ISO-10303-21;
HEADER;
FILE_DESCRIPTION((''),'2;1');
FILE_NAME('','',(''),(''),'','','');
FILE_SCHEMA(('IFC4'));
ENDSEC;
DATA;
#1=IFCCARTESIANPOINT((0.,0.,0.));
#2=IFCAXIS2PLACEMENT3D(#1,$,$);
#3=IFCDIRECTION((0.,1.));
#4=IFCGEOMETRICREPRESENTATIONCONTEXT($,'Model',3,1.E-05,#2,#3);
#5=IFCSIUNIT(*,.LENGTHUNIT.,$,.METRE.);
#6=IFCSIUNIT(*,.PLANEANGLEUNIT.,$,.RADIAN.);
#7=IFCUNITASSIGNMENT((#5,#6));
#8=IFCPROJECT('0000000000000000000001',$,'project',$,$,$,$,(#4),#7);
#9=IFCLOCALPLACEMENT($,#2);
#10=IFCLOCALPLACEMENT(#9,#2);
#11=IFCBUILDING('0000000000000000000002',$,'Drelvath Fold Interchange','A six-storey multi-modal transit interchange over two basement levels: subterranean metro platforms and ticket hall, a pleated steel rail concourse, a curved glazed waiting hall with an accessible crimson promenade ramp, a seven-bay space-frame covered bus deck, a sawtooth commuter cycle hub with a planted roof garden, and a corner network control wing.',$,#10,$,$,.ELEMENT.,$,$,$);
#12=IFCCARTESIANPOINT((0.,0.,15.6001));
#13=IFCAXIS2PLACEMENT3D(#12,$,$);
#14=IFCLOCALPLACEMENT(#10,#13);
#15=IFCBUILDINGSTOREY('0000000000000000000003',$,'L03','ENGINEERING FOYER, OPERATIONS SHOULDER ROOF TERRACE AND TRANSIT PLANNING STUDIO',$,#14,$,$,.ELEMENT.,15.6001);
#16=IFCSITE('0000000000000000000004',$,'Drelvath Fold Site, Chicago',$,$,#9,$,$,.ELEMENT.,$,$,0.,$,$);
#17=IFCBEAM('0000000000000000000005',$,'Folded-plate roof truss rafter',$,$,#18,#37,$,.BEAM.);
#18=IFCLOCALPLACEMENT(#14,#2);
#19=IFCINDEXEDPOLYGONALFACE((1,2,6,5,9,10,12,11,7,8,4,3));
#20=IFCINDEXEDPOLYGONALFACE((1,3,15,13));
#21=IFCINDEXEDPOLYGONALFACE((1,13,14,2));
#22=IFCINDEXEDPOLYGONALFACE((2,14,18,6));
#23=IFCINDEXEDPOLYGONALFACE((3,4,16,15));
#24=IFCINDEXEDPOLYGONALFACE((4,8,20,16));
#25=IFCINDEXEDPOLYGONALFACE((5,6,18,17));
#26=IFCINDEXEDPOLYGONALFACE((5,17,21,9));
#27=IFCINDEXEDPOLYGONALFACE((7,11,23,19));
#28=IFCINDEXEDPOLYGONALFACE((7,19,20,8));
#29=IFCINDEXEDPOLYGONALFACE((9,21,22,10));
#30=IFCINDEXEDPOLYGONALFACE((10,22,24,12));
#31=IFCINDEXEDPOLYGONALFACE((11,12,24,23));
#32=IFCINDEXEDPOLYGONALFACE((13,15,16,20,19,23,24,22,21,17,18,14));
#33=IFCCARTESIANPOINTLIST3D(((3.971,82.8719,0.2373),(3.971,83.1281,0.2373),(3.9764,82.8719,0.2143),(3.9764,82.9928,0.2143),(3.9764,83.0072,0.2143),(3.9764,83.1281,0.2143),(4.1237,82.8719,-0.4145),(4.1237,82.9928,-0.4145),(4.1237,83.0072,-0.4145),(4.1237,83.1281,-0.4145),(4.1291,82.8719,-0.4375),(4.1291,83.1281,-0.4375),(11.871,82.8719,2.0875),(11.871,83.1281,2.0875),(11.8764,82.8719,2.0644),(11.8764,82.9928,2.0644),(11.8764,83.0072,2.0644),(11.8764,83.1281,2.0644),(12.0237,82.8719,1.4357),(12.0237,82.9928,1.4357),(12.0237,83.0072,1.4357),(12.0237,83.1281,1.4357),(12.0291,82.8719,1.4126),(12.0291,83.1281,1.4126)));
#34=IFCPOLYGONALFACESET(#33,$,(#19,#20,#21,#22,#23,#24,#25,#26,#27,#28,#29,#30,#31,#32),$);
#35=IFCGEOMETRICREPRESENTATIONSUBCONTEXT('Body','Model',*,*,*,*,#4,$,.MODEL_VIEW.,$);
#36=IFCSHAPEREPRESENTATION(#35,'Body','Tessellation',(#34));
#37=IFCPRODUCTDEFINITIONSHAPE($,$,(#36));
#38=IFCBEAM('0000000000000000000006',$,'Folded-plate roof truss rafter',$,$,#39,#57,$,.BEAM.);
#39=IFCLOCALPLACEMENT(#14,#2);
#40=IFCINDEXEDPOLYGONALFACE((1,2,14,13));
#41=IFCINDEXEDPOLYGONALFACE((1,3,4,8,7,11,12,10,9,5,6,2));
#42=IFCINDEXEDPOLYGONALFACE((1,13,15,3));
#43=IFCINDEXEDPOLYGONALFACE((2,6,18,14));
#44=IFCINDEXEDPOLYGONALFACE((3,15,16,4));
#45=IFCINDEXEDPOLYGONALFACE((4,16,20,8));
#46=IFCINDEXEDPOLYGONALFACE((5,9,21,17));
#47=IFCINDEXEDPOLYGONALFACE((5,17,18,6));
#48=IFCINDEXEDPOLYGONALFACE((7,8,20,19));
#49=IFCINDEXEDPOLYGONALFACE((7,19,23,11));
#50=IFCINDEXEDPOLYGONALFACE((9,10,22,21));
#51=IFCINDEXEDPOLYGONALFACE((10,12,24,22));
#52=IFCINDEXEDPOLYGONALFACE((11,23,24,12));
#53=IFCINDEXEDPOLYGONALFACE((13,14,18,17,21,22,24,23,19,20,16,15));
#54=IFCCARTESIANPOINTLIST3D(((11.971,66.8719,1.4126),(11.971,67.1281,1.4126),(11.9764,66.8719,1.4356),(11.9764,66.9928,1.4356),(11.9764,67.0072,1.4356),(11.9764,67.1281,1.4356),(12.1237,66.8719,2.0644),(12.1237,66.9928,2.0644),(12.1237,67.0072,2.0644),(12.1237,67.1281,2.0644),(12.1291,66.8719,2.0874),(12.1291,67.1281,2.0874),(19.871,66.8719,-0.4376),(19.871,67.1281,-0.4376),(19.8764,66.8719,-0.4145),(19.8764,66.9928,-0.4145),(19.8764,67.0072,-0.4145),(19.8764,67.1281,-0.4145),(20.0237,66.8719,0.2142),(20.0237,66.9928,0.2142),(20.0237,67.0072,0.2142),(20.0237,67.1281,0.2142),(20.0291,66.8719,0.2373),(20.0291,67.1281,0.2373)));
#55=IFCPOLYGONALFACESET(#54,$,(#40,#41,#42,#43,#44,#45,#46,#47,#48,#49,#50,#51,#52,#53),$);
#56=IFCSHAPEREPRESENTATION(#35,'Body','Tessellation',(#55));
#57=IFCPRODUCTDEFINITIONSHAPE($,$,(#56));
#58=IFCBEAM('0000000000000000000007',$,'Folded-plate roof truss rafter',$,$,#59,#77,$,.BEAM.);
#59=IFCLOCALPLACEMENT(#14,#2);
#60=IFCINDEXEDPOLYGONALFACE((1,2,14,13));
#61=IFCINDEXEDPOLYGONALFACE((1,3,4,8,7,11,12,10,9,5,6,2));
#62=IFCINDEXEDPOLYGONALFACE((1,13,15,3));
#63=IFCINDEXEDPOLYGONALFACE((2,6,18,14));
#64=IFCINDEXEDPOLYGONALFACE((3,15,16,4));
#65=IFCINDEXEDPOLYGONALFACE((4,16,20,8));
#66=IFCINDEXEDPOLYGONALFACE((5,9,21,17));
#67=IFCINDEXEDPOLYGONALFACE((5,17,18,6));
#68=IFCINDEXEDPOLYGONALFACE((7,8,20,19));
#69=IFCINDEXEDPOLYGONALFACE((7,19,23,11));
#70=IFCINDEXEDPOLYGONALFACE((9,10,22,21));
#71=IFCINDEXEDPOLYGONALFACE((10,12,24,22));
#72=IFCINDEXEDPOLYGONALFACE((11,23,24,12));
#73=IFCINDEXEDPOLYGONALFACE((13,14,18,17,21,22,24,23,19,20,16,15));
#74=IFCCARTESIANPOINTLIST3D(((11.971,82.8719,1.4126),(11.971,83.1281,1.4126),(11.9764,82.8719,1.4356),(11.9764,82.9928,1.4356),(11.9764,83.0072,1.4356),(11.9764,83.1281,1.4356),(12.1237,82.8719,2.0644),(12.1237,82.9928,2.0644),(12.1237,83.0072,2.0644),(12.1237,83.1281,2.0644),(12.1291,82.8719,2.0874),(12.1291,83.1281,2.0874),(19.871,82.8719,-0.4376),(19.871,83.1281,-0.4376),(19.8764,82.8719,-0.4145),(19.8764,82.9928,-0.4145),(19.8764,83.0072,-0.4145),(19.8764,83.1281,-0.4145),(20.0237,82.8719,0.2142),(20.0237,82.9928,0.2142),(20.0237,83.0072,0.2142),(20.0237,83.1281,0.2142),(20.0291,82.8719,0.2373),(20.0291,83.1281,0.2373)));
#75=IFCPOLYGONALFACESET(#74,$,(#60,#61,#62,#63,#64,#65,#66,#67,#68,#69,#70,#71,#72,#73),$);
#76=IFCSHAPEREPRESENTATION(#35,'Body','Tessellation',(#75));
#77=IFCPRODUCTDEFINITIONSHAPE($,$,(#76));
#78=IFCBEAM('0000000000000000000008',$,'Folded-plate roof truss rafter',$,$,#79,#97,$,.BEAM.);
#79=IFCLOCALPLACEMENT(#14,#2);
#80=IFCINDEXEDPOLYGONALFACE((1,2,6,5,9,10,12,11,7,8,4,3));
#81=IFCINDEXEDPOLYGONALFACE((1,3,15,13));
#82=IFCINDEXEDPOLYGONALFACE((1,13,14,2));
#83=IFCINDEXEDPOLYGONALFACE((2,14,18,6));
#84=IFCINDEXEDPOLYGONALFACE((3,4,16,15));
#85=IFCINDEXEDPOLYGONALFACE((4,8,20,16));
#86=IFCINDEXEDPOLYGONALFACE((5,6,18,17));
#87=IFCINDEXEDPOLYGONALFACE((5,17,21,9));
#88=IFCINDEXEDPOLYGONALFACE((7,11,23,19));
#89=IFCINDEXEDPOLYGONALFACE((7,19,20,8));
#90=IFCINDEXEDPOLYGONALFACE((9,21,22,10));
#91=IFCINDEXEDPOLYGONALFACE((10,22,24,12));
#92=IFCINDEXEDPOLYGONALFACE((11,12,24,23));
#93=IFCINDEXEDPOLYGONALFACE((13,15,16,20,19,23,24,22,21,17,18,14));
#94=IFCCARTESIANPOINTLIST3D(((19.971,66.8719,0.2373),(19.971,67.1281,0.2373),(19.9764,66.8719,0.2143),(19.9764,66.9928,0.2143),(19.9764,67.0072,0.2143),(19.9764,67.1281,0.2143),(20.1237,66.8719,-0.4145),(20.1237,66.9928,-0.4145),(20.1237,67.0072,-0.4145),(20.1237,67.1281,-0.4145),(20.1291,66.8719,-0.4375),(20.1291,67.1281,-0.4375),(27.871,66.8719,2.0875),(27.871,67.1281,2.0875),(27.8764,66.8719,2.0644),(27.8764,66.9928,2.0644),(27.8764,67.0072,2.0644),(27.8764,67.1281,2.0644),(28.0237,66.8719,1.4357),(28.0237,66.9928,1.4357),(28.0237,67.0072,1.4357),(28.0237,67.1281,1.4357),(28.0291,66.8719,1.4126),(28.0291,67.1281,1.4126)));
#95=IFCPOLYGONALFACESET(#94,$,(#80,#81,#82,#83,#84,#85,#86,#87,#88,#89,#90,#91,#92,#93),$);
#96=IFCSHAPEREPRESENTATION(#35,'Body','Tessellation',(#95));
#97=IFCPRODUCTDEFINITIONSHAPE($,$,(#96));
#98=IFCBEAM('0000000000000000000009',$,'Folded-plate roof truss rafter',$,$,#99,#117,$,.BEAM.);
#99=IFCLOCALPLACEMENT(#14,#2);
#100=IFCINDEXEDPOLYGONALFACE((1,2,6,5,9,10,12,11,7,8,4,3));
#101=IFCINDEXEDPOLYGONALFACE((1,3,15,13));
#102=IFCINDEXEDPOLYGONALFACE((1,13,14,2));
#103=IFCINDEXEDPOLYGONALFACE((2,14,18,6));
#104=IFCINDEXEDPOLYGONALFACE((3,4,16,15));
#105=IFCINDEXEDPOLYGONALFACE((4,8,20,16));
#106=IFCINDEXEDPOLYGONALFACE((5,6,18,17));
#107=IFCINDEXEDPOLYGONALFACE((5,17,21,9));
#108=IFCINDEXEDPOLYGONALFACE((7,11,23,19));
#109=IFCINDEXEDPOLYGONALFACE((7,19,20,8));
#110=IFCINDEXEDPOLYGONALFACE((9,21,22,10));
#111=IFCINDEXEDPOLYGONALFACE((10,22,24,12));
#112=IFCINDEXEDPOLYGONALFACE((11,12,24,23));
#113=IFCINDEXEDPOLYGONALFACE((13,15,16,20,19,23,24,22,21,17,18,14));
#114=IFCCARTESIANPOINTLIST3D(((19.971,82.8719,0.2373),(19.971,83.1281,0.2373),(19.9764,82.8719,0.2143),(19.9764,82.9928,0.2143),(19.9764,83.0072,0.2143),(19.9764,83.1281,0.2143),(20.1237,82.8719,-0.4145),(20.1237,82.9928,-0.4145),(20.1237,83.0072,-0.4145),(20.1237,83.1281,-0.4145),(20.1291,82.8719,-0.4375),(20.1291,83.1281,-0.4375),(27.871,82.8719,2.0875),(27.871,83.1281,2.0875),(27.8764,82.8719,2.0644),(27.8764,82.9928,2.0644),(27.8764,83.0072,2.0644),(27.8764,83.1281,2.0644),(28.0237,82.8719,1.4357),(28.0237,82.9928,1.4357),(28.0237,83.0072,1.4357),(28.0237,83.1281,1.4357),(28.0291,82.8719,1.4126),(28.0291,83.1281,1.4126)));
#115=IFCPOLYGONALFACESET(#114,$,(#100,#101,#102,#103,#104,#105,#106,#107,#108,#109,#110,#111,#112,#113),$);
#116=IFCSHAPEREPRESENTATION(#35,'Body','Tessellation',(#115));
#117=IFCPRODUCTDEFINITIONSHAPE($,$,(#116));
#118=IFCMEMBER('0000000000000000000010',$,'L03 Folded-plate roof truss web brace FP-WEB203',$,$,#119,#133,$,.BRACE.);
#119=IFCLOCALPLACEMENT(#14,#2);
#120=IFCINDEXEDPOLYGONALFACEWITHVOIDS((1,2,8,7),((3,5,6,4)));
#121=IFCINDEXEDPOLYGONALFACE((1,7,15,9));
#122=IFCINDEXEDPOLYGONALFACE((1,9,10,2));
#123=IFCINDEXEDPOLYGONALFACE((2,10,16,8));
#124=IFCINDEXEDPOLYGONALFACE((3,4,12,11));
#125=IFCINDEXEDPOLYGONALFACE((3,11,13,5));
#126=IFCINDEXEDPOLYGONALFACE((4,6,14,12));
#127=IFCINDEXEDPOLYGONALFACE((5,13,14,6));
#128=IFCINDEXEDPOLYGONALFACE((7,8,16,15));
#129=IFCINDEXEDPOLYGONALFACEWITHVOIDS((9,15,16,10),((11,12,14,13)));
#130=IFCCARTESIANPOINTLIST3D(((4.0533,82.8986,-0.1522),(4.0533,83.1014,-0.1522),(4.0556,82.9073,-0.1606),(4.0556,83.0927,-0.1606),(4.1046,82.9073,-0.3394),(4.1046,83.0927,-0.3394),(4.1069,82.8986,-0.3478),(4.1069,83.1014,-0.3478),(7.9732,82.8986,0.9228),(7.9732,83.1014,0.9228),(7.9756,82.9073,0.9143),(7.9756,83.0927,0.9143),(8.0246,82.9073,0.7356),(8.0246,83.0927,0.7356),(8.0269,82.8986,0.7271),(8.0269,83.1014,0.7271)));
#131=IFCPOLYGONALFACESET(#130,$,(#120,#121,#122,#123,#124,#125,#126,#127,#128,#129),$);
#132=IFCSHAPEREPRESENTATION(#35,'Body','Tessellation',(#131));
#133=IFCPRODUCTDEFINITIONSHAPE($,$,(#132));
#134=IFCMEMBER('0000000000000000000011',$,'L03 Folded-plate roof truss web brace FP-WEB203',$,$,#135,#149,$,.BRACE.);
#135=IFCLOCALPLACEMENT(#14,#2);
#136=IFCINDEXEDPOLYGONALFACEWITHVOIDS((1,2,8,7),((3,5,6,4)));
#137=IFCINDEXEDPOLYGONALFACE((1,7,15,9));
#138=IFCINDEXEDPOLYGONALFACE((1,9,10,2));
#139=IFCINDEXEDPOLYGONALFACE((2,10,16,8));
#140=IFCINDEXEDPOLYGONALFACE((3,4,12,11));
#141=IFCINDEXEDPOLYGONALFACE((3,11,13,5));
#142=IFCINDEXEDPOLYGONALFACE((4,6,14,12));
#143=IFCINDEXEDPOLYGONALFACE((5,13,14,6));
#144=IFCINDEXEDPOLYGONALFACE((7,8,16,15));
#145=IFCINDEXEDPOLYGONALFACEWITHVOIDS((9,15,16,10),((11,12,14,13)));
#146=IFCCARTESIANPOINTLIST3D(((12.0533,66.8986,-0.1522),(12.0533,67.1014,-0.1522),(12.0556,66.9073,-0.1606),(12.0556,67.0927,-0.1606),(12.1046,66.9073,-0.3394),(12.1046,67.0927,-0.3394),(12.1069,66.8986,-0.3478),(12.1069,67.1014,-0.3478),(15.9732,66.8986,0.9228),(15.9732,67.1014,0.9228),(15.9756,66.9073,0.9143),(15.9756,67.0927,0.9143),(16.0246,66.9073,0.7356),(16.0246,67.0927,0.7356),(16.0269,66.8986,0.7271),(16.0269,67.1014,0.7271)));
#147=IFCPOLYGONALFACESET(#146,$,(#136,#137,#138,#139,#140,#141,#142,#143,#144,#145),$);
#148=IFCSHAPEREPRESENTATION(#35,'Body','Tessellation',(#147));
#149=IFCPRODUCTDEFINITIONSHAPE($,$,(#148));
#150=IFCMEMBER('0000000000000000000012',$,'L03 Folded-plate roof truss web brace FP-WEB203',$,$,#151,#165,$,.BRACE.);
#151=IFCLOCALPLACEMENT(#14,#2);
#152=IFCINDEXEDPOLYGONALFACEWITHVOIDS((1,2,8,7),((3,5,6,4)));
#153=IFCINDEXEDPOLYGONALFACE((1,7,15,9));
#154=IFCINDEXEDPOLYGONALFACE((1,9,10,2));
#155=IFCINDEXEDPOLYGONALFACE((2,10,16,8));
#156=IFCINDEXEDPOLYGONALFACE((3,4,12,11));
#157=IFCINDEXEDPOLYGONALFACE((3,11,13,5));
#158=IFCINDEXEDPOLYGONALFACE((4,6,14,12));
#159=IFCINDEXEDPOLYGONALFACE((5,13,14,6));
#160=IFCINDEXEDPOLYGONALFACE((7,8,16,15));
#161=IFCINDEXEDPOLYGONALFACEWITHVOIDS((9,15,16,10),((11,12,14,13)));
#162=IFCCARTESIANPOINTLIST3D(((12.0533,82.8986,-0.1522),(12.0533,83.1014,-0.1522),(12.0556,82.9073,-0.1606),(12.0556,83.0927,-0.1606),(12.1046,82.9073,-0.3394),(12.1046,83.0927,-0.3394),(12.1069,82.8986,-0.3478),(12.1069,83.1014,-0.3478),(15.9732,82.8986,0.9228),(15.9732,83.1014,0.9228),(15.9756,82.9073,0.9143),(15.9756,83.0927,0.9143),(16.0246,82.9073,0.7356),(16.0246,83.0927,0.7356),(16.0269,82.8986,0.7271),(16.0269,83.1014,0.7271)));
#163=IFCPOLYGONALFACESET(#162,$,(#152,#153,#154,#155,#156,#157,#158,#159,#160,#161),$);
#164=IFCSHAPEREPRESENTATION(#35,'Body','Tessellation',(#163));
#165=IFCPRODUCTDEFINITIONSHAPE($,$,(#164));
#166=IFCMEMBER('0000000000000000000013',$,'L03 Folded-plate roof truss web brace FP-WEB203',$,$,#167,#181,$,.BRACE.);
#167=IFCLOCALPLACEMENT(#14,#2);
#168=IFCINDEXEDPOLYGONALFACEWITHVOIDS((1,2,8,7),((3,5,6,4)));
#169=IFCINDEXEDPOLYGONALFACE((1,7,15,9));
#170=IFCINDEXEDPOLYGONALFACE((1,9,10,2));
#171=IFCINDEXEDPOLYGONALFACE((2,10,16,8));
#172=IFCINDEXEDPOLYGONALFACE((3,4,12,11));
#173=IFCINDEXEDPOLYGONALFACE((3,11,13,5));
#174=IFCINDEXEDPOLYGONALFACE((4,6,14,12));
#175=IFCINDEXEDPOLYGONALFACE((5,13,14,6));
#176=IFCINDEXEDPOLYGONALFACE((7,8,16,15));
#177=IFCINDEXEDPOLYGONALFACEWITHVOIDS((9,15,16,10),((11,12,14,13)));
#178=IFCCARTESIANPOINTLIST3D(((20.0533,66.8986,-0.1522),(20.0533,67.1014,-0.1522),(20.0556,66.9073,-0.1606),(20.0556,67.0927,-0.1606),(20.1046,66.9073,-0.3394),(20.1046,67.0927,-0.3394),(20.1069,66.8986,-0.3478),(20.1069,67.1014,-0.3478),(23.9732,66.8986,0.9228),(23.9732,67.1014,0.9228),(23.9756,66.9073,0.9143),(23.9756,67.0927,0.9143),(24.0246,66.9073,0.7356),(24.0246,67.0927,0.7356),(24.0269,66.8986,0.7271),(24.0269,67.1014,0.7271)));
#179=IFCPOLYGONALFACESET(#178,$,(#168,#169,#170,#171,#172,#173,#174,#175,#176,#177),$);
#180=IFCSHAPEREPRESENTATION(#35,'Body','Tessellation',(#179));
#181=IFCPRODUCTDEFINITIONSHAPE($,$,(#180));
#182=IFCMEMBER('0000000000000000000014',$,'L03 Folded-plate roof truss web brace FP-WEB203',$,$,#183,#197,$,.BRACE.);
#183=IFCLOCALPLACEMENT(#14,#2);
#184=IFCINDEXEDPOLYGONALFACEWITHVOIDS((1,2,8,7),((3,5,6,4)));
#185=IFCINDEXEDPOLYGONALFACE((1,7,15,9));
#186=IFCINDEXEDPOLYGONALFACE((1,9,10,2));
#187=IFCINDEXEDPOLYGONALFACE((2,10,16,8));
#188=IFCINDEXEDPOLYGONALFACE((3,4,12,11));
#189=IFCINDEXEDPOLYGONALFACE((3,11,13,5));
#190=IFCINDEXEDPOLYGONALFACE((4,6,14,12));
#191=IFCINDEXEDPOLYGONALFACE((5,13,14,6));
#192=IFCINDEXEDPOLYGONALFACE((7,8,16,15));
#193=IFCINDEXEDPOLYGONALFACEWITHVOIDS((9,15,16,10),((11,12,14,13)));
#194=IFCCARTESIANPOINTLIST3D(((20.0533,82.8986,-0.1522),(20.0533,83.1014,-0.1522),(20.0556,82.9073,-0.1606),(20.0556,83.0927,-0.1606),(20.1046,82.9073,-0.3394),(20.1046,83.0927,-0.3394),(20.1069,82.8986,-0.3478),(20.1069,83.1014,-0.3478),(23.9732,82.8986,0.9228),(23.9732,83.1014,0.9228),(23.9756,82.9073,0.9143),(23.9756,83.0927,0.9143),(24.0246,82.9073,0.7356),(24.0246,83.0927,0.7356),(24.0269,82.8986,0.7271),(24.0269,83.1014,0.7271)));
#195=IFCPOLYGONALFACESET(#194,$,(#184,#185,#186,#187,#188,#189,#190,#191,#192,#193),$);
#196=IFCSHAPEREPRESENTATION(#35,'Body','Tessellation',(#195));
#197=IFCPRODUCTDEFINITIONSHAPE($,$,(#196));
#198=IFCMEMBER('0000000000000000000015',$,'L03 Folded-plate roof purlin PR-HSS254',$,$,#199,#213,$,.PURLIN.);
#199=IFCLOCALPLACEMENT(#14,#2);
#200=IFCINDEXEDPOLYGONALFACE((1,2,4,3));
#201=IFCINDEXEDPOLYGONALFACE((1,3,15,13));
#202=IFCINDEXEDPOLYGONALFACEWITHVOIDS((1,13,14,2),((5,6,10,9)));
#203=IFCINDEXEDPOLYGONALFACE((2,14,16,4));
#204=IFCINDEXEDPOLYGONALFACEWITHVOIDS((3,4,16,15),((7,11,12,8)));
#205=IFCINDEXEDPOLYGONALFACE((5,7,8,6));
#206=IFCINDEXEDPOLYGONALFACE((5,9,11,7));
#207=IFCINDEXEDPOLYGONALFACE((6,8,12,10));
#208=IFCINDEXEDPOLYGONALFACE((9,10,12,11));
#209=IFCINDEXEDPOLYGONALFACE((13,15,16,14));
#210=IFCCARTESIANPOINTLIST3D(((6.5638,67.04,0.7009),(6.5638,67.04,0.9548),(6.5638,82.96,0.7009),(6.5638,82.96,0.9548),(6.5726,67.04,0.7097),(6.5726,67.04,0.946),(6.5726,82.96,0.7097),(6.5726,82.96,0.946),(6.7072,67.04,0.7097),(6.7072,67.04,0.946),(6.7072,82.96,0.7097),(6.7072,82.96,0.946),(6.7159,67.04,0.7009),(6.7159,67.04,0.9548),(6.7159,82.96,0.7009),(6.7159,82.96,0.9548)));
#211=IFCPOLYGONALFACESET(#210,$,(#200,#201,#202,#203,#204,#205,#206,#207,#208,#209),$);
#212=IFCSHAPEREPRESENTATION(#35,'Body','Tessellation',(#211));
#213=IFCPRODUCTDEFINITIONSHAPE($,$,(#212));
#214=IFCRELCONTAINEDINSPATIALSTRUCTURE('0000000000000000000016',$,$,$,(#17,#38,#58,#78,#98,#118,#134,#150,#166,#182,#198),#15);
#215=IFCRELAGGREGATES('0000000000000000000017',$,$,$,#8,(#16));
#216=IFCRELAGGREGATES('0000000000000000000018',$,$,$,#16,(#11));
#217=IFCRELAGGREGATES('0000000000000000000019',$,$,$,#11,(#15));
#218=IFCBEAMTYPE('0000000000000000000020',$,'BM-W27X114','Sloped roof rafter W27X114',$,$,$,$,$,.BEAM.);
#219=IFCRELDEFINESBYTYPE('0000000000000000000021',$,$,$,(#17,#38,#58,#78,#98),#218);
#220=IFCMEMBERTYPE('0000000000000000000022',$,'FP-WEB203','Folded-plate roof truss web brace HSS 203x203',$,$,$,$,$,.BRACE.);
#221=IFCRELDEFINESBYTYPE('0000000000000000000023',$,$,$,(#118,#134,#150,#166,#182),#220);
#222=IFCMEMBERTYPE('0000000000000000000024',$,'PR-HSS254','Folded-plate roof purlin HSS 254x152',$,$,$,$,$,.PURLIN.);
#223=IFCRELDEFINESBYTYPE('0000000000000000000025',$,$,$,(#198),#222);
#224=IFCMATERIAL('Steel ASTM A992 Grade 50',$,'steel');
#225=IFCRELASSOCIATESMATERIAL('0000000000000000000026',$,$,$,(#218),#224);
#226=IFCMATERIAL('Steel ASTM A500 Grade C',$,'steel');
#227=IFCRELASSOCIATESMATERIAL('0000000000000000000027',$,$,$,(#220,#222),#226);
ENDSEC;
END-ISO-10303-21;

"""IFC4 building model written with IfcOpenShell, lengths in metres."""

from ifc_helpers import new_model, si_unit, direction, frame, origin, origin_2d, place, context, subcontext, project, spatial, hollow_rectangle, i_section, extrude, material, material_profile, profile_set, type_object, element, save


model = new_model("IFC4")

# Units and contexts
model_context = context("Model", 3, precision=1e-05, world=origin(), true_north=direction((0.0, 1.0)))
body_context = subcontext(model_context, "Body", "Model", "MODEL_VIEW")
ifc_project = project(units=[si_unit("LENGTHUNIT", "METRE"), si_unit("PLANEANGLEUNIT", "RADIAN")], contexts=[model_context])

# Site, building, storey
site_placement = place(None, origin())
site = spatial("IfcSite", under=ifc_project, at=site_placement, Name="Drelvath Fold Site, Chicago", CompositionType="ELEMENT", RefElevation=0.0)
building_placement = place(site_placement, origin())
building = spatial("IfcBuilding", under=site, at=building_placement, Name="Drelvath Fold Interchange", Description="A six-storey multi-modal transit interchange over two basement levels: subterranean metro platforms and ticket hall, a pleated steel rail concourse, a curved glazed waiting hall with an accessible crimson promenade ramp, a seven-bay space-frame covered bus deck, a sawtooth commuter cycle hub with a planted roof garden, and a corner network control wing.", CompositionType="ELEMENT")
storey_placement = place(building_placement, frame((0.0, 0.0, 15.6001)))
storey = spatial("IfcBuildingStorey", under=building, at=storey_placement, Name="L03", Description="ENGINEERING FOYER, OPERATIONS SHOULDER ROOF TERRACE AND TRANSIT PLANNING STUDIO", CompositionType="ELEMENT", Elevation=15.6001)

# Beams
ifc_material_1 = material(Name="Steel ASTM A992 Grade 50", Category="steel")
ifc_material_profile_1 = material_profile(ifc_material_1, i_section(OverallWidth=0.2561, OverallDepth=0.6931, WebThickness=0.0144, FlangeThickness=0.0237, at=origin_2d()), Name="W27X114")
ifc_profile_set_1 = profile_set([ifc_material_profile_1], Name="Steel ASTM A992 Grade 50")
beam_type = type_object("IfcBeamType", Name="BM-W27X114", Description="Sloped roof rafter W27X114", PredefinedType="BEAM", material=ifc_profile_set_1)
for number, where, z_axis, x_axis, name in (
    (1, (4.05, 83.0, -0.1001), (0.973656, 0.0, 0.228023), (0.0, 1.0, 0.0), "Folded-plate roof truss rafter"),
    (2, (12.05, 67.0, 1.75), (0.973656, 0.0, -0.228023), (0.0, 1.0, 0.0), "Folded-plate roof truss rafter"),
    (3, (12.05, 83.0, 1.75), (0.973656, 0.0, -0.228023), (0.0, 1.0, 0.0), "Folded-plate roof truss rafter"),
    (4, (20.05, 67.0, -0.1001), (0.973656, 0.0, 0.228023), (0.0, 1.0, 0.0), "Folded-plate roof truss rafter"),
    (5, (20.05, 83.0, -0.1001), (0.973656, 0.0, 0.228023), (0.0, 1.0, 0.0), "Folded-plate roof truss rafter"),
):
    element("IfcBeam", number, at=place(storey_placement, frame(where, z_axis=z_axis, x_axis=x_axis)), inside=storey, type_object=beam_type, Name=name, PredefinedType="BEAM", context=body_context, shape_type="SweptSolid", body=[
        extrude(i_section(OverallWidth=0.2561, OverallDepth=0.6931, WebThickness=0.0144, FlangeThickness=0.0237, at=origin_2d()), origin(), (0.0, 0.0, 1.0), 8.1138),
    ])

# Members
ifc_material_2 = material(Name="Steel ASTM A500 Grade C", Category="steel")
ifc_material_profile_2 = material_profile(ifc_material_2, hollow_rectangle(XDim=0.2029, YDim=0.2029, WallThickness=0.0088, at=origin_2d()), Name="HSS8X8X3/8")
ifc_profile_set_2 = profile_set([ifc_material_profile_2], Name="Steel ASTM A500 Grade C")
member_type_1 = type_object("IfcMemberType", Name="FP-WEB203", Description="Folded-plate roof truss web brace HSS 203x203", PredefinedType="BRACE", material=ifc_profile_set_2)
for number, where, z_axis, x_axis, name in (
    (6, (4.0801, 83.0, -0.25), (0.964396, 0.0, 0.264464), (0.0, 1.0, 0.0), "L03 Folded-plate roof truss web brace FP-WEB203"),
    (7, (12.0801, 67.0, -0.25), (0.964396, 0.0, 0.264464), (0.0, 1.0, 0.0), "L03 Folded-plate roof truss web brace FP-WEB203"),
    (8, (12.0801, 83.0, -0.25), (0.964396, 0.0, 0.264464), (0.0, 1.0, 0.0), "L03 Folded-plate roof truss web brace FP-WEB203"),
    (9, (20.0801, 67.0, -0.25), (0.964396, 0.0, 0.264464), (0.0, 1.0, 0.0), "L03 Folded-plate roof truss web brace FP-WEB203"),
    (10, (20.0801, 83.0, -0.25), (0.964396, 0.0, 0.264464), (0.0, 1.0, 0.0), "L03 Folded-plate roof truss web brace FP-WEB203"),
):
    element("IfcMember", number, at=place(storey_placement, frame(where, z_axis=z_axis, x_axis=x_axis)), inside=storey, type_object=member_type_1, Name=name, PredefinedType="BRACE", context=body_context, shape_type="SweptSolid", body=[
        extrude(hollow_rectangle(XDim=0.2029, YDim=0.2029, WallThickness=0.0088, at=origin_2d()), origin(), (0.0, 0.0, 1.0), 4.0647),
    ])
ifc_material_profile_3 = material_profile(ifc_material_2, hollow_rectangle(XDim=0.1521, YDim=0.2539, WallThickness=0.0088, at=origin_2d()), Name="HSS10X6X3/8")
ifc_profile_set_3 = profile_set([ifc_material_profile_3], Name="Steel ASTM A500 Grade C")
member_type_2 = type_object("IfcMemberType", Name="PR-HSS254", Description="Folded-plate roof purlin HSS 254x152", PredefinedType="PURLIN", material=ifc_profile_set_3)
member_1_placement = place(storey_placement, frame((6.6399, 67.04, 0.8279), z_axis=(0.0, 1.0, 0.0), x_axis=(-1.0, 0.0, 0.0)))
element("IfcMember", 11, at=member_1_placement, inside=storey, type_object=member_type_2, Name="L03 Folded-plate roof purlin PR-HSS254", PredefinedType="PURLIN", context=body_context, shape_type="SweptSolid", body=[
    extrude(hollow_rectangle(XDim=0.1521, YDim=0.2539, WallThickness=0.0088, at=origin_2d()), origin(), (0.0, 0.0, 1.0), 15.9199),
])

save(model, "model.ifc")
